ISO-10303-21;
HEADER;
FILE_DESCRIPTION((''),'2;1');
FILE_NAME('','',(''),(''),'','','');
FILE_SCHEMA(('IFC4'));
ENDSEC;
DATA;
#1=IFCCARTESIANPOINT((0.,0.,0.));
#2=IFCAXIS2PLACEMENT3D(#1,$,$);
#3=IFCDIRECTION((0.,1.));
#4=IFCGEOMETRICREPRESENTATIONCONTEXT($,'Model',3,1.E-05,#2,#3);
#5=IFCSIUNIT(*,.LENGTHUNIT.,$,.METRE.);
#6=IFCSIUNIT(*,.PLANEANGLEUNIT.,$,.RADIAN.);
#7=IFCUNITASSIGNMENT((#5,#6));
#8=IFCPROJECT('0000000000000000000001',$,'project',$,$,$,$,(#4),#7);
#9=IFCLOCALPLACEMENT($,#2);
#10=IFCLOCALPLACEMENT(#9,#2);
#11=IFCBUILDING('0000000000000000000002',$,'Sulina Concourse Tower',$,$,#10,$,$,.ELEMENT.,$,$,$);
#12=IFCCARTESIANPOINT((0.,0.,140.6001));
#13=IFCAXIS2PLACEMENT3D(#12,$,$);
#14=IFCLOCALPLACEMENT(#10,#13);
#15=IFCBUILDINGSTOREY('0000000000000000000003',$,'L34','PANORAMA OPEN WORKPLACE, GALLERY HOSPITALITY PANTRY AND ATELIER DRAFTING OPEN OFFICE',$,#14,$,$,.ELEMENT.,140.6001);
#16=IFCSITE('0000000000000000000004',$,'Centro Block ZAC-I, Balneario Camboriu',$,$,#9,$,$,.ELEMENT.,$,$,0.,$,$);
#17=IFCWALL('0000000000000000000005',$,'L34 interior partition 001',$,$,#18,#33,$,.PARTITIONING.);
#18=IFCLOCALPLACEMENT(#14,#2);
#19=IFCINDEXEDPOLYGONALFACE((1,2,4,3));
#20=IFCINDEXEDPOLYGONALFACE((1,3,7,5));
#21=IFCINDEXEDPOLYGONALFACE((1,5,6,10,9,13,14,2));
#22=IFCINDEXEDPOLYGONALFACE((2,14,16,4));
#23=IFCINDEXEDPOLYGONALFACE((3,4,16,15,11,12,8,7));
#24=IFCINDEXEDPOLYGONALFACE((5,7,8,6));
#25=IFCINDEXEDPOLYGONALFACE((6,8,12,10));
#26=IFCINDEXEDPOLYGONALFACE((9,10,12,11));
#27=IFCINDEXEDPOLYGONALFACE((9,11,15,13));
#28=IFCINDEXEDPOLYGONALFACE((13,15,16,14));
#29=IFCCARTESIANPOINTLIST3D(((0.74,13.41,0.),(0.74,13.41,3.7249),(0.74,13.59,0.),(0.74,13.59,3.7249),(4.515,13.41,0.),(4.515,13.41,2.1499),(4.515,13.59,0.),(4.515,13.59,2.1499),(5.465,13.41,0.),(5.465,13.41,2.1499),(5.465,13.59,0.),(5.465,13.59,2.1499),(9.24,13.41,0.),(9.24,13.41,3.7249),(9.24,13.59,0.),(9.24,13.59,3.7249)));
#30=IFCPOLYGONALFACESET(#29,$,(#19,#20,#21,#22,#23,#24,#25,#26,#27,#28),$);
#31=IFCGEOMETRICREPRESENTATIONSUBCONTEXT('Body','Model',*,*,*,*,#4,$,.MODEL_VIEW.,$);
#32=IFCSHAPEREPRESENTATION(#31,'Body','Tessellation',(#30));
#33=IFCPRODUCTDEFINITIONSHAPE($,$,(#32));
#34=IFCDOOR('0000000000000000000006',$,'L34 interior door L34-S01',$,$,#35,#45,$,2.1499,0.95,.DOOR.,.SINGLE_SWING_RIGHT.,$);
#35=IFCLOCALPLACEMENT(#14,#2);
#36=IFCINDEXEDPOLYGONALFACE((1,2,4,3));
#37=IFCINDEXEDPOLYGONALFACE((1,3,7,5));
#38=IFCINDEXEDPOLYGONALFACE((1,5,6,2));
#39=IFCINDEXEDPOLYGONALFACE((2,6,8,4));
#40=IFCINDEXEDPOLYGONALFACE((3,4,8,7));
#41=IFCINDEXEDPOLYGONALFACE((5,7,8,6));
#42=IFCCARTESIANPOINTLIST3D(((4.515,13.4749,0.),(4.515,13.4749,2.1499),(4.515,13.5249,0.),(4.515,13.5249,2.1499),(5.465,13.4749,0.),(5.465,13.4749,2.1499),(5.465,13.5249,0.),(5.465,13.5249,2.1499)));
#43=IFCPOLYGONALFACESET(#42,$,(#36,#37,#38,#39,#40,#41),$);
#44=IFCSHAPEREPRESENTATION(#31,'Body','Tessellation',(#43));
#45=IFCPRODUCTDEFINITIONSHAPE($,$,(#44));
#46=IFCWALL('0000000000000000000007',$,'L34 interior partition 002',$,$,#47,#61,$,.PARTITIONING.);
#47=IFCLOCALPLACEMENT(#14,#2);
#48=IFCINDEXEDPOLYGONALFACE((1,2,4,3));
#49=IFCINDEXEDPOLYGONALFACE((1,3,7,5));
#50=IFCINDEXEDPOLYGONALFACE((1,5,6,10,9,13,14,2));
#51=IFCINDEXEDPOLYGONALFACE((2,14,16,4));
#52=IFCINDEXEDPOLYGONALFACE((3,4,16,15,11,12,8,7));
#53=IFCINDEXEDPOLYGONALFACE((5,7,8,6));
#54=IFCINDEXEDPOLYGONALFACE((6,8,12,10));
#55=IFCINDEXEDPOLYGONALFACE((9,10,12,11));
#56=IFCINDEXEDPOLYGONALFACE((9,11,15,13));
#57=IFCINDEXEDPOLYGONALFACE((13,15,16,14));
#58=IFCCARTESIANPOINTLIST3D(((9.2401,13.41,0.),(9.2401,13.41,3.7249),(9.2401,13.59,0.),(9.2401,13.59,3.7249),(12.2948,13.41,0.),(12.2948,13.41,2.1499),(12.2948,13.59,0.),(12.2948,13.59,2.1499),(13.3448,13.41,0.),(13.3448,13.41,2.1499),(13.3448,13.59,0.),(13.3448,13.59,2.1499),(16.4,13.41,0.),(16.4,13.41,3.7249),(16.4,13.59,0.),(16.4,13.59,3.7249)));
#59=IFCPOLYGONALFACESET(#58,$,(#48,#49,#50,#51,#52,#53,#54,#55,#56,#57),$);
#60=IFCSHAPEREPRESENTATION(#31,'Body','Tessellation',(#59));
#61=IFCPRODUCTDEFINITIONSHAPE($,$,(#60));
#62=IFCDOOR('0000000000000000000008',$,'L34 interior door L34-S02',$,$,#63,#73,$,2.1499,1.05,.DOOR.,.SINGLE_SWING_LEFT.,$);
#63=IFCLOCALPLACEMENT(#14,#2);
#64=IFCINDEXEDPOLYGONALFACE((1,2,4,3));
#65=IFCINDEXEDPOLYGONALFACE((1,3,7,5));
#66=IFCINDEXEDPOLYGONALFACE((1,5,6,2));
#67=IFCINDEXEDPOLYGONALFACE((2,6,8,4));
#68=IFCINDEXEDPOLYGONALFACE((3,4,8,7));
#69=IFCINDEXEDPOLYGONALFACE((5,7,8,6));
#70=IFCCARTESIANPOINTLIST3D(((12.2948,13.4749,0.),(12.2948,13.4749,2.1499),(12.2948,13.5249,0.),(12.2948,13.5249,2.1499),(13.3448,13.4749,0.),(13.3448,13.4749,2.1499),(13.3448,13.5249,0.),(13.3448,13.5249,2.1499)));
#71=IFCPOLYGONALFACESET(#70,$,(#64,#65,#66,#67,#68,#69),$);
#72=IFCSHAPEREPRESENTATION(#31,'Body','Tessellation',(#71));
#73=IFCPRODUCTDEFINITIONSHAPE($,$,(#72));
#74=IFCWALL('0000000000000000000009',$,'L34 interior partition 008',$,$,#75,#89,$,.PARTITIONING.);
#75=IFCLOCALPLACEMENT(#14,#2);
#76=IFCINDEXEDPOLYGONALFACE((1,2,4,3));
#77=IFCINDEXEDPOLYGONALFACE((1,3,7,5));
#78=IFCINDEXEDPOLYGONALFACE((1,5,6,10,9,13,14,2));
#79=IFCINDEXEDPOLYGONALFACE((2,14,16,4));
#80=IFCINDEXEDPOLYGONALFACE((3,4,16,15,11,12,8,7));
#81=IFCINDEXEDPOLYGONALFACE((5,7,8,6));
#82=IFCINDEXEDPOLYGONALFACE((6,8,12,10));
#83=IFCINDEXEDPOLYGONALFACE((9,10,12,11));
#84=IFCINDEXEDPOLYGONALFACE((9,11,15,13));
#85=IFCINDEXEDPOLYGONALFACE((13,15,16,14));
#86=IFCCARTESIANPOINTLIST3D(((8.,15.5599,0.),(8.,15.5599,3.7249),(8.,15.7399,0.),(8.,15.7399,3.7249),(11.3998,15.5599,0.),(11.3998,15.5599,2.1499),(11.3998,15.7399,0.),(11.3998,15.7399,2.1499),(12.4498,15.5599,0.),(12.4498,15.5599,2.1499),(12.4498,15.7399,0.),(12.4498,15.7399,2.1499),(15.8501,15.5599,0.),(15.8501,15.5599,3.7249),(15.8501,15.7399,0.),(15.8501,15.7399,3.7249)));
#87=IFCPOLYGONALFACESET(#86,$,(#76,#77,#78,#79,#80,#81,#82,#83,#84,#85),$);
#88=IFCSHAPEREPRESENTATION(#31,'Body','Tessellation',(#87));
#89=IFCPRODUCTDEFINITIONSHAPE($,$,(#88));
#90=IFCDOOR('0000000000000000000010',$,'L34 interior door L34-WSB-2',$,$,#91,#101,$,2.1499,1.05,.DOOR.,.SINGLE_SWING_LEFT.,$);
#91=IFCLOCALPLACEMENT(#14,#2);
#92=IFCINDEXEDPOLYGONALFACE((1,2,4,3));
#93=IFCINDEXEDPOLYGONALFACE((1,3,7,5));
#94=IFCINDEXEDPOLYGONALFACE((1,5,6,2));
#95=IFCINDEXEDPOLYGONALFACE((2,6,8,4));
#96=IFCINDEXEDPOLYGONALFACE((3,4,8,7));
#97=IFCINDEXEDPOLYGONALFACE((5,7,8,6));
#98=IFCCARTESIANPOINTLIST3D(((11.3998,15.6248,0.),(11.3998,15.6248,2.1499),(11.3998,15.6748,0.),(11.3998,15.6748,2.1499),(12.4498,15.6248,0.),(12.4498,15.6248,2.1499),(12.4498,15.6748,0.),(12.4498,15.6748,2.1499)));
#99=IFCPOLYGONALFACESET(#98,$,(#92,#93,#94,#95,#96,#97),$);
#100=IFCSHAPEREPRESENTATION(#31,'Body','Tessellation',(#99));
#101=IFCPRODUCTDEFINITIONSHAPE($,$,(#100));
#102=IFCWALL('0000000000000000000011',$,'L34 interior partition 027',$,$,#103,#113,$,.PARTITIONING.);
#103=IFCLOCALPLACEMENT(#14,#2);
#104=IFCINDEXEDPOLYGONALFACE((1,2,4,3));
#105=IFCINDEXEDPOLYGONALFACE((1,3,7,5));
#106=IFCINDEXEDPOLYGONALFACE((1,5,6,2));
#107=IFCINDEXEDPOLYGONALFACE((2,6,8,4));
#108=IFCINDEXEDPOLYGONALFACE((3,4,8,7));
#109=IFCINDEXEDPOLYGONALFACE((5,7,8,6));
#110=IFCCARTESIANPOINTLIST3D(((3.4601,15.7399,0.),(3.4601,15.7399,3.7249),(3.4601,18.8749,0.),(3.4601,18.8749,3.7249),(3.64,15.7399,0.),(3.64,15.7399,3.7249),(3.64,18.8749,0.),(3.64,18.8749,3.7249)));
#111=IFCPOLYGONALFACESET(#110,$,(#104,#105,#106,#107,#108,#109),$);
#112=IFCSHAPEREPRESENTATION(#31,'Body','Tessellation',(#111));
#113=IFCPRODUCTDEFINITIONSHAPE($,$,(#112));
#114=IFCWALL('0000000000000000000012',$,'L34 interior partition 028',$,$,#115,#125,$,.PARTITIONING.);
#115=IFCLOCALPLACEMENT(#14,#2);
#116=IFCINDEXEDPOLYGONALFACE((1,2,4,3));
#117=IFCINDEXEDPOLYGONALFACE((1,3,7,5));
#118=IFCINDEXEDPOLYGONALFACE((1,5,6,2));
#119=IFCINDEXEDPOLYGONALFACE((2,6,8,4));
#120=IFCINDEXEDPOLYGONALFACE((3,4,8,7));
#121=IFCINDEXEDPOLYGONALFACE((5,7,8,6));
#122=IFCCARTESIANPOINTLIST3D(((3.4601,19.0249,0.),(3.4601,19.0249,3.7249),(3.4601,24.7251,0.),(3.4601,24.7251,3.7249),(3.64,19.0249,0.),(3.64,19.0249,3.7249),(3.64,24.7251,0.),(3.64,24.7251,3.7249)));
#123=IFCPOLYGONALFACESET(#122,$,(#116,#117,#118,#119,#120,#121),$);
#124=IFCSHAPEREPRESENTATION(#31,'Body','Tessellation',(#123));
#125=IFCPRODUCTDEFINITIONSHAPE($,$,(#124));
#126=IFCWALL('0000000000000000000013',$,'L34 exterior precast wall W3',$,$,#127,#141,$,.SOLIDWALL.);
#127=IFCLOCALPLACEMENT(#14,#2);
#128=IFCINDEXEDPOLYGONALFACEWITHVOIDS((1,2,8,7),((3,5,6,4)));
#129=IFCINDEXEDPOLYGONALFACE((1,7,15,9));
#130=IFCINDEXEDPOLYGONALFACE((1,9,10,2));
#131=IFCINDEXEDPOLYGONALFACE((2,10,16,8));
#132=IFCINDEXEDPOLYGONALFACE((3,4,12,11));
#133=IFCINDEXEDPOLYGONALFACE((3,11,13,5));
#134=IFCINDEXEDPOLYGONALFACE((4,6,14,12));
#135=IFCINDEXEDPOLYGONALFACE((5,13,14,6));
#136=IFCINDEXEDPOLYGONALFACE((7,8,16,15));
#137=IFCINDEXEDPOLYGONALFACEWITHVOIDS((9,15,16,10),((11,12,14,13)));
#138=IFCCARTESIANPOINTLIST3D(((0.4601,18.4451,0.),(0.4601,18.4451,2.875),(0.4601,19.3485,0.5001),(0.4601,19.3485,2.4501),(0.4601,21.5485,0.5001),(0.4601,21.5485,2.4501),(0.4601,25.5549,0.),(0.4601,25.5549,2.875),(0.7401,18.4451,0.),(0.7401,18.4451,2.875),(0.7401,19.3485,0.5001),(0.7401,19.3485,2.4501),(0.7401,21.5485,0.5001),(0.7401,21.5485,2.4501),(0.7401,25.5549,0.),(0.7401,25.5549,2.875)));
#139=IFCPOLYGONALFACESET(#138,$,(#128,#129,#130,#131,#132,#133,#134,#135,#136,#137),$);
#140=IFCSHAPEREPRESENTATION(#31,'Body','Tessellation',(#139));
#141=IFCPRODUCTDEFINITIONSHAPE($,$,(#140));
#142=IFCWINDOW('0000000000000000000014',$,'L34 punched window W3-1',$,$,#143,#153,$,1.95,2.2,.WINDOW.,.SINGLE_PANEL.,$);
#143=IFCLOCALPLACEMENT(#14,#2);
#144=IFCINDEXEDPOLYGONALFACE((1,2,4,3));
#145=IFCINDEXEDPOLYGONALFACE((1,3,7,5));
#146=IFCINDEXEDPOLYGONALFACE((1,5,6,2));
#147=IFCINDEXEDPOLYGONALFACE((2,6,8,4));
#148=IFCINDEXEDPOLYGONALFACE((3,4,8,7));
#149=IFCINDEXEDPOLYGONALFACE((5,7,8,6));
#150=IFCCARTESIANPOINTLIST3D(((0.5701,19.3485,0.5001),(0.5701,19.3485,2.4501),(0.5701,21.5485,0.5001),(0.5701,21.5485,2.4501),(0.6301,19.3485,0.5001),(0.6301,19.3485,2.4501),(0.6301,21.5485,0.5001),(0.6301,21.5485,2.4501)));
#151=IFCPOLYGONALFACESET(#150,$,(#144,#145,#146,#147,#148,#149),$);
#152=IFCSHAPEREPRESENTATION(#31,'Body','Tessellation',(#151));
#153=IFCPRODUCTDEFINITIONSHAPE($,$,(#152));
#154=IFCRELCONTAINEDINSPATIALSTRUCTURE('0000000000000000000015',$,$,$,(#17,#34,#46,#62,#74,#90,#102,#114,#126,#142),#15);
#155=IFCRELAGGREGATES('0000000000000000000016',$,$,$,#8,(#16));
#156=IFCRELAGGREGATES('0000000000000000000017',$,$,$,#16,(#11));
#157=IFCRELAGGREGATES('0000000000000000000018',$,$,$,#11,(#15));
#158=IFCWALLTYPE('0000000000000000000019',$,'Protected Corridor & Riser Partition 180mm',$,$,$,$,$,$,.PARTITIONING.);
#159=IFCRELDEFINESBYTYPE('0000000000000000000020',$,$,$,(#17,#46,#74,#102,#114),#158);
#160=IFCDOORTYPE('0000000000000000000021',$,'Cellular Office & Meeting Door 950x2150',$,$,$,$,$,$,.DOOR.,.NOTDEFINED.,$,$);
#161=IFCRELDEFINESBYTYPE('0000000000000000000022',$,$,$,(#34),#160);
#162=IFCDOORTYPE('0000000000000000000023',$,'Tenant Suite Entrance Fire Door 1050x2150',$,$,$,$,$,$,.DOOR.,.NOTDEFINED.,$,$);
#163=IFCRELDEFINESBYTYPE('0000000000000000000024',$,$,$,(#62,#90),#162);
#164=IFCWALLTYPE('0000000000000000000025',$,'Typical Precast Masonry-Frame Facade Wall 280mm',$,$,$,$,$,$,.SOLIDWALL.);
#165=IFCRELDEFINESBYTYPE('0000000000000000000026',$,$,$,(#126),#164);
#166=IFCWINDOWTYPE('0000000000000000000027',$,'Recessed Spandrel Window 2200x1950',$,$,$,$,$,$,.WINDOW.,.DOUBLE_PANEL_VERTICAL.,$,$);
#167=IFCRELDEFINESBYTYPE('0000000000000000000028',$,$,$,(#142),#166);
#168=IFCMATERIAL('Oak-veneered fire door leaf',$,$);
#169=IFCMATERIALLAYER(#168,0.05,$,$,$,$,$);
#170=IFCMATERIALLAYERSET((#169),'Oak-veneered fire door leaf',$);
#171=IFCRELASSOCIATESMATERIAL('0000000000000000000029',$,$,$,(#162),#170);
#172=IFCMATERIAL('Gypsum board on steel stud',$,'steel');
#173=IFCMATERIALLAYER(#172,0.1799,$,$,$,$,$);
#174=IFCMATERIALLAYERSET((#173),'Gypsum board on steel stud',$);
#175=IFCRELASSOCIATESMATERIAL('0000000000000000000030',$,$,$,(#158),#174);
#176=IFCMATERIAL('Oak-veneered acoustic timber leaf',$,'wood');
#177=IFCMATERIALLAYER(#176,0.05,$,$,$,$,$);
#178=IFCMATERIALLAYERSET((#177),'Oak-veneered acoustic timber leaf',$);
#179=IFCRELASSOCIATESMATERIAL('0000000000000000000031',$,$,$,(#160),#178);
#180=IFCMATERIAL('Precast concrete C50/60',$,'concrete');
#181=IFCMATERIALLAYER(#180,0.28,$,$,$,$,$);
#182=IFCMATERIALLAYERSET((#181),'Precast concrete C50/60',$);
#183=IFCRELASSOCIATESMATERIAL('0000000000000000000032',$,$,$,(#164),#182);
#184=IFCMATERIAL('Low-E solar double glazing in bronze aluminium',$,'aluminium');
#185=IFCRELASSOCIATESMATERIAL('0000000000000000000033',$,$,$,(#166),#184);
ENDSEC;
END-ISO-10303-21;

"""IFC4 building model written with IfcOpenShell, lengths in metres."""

from ifc_helpers import new_model, si_unit, direction, frame, frame_2d, origin, place, context, subcontext, project, spatial, rectangle, extrude, material, layer, layer_set, type_object, element, fill, save


model = new_model("IFC4")

# Units and contexts
model_context = context("Model", 3, precision=1e-05, world=origin(), true_north=direction((0.0, 1.0)))
body_context = subcontext(model_context, "Body", "Model", "MODEL_VIEW")
ifc_project = project(units=[si_unit("LENGTHUNIT", "METRE"), si_unit("PLANEANGLEUNIT", "RADIAN")], contexts=[model_context])

# Site, building, storey
site_placement = place(None, origin())
site = spatial("IfcSite", under=ifc_project, at=site_placement, Name="Centro Block ZAC-I, Balneario Camboriu", CompositionType="ELEMENT", RefElevation=0.0)
building_placement = place(site_placement, origin())
building = spatial("IfcBuilding", under=site, at=building_placement, Name="Sulina Concourse Tower", CompositionType="ELEMENT")
storey_placement = place(building_placement, frame((0.0, 0.0, 140.6001)))
storey = spatial("IfcBuildingStorey", under=building, at=storey_placement, Name="L34", Description="PANORAMA OPEN WORKPLACE, GALLERY HOSPITALITY PANTRY AND ATELIER DRAFTING OPEN OFFICE", CompositionType="ELEMENT", Elevation=140.6001)

# Shared definitions
ifc_material_1 = material(Name="Oak-veneered fire door leaf")
ifc_layer_1 = layer(ifc_material_1, 0.05)
ifc_layer_set_1 = layer_set([ifc_layer_1], Name="Oak-veneered fire door leaf")
door_type_1 = type_object("IfcDoorType", Name="Tenant Suite Entrance Fire Door 1050x2150", OperationType="NOTDEFINED", PredefinedType="DOOR", material=ifc_layer_set_1)

# Walls, openings, doors
ifc_material_2 = material(Name="Gypsum board on steel stud", Category="steel")
ifc_layer_2 = layer(ifc_material_2, 0.1799)
ifc_layer_set_2 = layer_set([ifc_layer_2], Name="Gypsum board on steel stud")
wall_type_1 = type_object("IfcWallType", Name="Protected Corridor & Riser Partition 180mm", PredefinedType="PARTITIONING", material=ifc_layer_set_2)
wall_1_placement = place(storey_placement, frame((0.74, 13.5, 0.0), z_axis=(0.0, 0.0, 1.0), x_axis=(1.0, 0.0, 0.0)))
wall_1 = element("IfcWall", 1, at=wall_1_placement, inside=storey, type_object=wall_type_1, Name="L34 interior partition 001", PredefinedType="PARTITIONING", context=body_context, shape_type="SweptSolid", body=[
    extrude(rectangle(XDim=8.5, YDim=0.1799, at=frame_2d((4.25, 0.0))), origin(), (0.0, 0.0, 1.0), 3.7249),
])
opening_1_placement = place(wall_1_placement, frame((3.7749, 0.0, 0.0)))
opening_1 = element("IfcOpeningElement", 2, at=opening_1_placement, cuts=wall_1, PredefinedType="OPENING", context=body_context, shape_type="SweptSolid", body=[
    extrude(rectangle(XDim=0.95, YDim=2.1499, at=frame_2d((0.4751, 1.075))), frame((0.0, 0.0999, 0.0), z_axis=(0.0, -1.0, 0.0), x_axis=(1.0, 0.0, 0.0)), (0.0, 0.0, 1.0), 0.2),
])
ifc_material_3 = material(Name="Oak-veneered acoustic timber leaf", Category="wood")
ifc_layer_3 = layer(ifc_material_3, 0.05)
ifc_layer_set_3 = layer_set([ifc_layer_3], Name="Oak-veneered acoustic timber leaf")
door_type_2 = type_object("IfcDoorType", Name="Cellular Office & Meeting Door 950x2150", OperationType="NOTDEFINED", PredefinedType="DOOR", material=ifc_layer_set_3)
door_1_placement = place(opening_1_placement, origin())
door_1 = element("IfcDoor", 3, at=door_1_placement, inside=storey, type_object=door_type_2, Name="L34 interior door L34-S01", OperationType="SINGLE_SWING_RIGHT", OverallHeight=2.1499, OverallWidth=0.95, PredefinedType="DOOR", context=body_context, shape_type="SweptSolid", body=[
    extrude(rectangle(XDim=0.95, YDim=2.1499, at=frame_2d((0.4751, 1.075))), frame((0.0, 0.0249, 0.0), z_axis=(0.0, -1.0, 0.0), x_axis=(1.0, 0.0, 0.0)), (0.0, 0.0, 1.0), 0.05),
])
fill(opening_1, door_1)
wall_2_placement = place(storey_placement, frame((9.24, 13.5, 0.0), z_axis=(0.0, 0.0, 1.0), x_axis=(1.0, 0.0, 0.0)))
wall_2 = element("IfcWall", 4, at=wall_2_placement, inside=storey, type_object=wall_type_1, Name="L34 interior partition 002", PredefinedType="PARTITIONING", context=body_context, shape_type="SweptSolid", body=[
    extrude(rectangle(XDim=7.1599, YDim=0.1799, at=frame_2d((3.5801, 0.0))), origin(), (0.0, 0.0, 1.0), 3.7249),
])
opening_2_placement = place(wall_2_placement, frame((3.0549, 0.0, 0.0)))
opening_2 = element("IfcOpeningElement", 5, at=opening_2_placement, cuts=wall_2, PredefinedType="OPENING", context=body_context, shape_type="SweptSolid", body=[
    extrude(rectangle(XDim=1.05, YDim=2.1499, at=frame_2d((0.5249, 1.075))), frame((0.0, 0.0999, 0.0), z_axis=(0.0, -1.0, 0.0), x_axis=(1.0, 0.0, 0.0)), (0.0, 0.0, 1.0), 0.2),
])
door_2_placement = place(opening_2_placement, origin())
door_2 = element("IfcDoor", 6, at=door_2_placement, inside=storey, type_object=door_type_1, Name="L34 interior door L34-S02", OperationType="SINGLE_SWING_LEFT", OverallHeight=2.1499, OverallWidth=1.05, PredefinedType="DOOR", context=body_context, shape_type="SweptSolid", body=[
    extrude(rectangle(XDim=1.05, YDim=2.1499, at=frame_2d((0.5249, 1.075))), frame((0.0, 0.0249, 0.0), z_axis=(0.0, -1.0, 0.0), x_axis=(1.0, 0.0, 0.0)), (0.0, 0.0, 1.0), 0.05),
])
fill(opening_2, door_2)
wall_3_placement = place(storey_placement, frame((8.0, 15.6499, 0.0), z_axis=(0.0, 0.0, 1.0), x_axis=(1.0, 0.0, 0.0)))
wall_3 = element("IfcWall", 7, at=wall_3_placement, inside=storey, type_object=wall_type_1, Name="L34 interior partition 008", PredefinedType="PARTITIONING", context=body_context, shape_type="SweptSolid", body=[
    extrude(rectangle(XDim=7.8501, YDim=0.1799, at=frame_2d((3.925, 0.0))), origin(), (0.0, 0.0, 1.0), 3.7249),
])
opening_3_placement = place(wall_3_placement, frame((3.3999, 0.0, 0.0)))
opening_3 = element("IfcOpeningElement", 8, at=opening_3_placement, cuts=wall_3, PredefinedType="OPENING", context=body_context, shape_type="SweptSolid", body=[
    extrude(rectangle(XDim=1.05, YDim=2.1499, at=frame_2d((0.5249, 1.075))), frame((0.0, 0.0999, 0.0), z_axis=(0.0, -1.0, 0.0), x_axis=(1.0, 0.0, 0.0)), (0.0, 0.0, 1.0), 0.2),
])
door_3_placement = place(opening_3_placement, origin())
door_3 = element("IfcDoor", 9, at=door_3_placement, inside=storey, type_object=door_type_1, Name="L34 interior door L34-WSB-2", OperationType="SINGLE_SWING_LEFT", OverallHeight=2.1499, OverallWidth=1.05, PredefinedType="DOOR", context=body_context, shape_type="SweptSolid", body=[
    extrude(rectangle(XDim=1.05, YDim=2.1499, at=frame_2d((0.5249, 1.075))), frame((0.0, 0.0249, 0.0), z_axis=(0.0, -1.0, 0.0), x_axis=(1.0, 0.0, 0.0)), (0.0, 0.0, 1.0), 0.05),
])
fill(opening_3, door_3)

# Walls
wall_4_placement = place(storey_placement, frame((3.55, 15.74, 0.0), z_axis=(0.0, 0.0, 1.0), x_axis=(0.0, 1.0, 0.0)))
element("IfcWall", 10, at=wall_4_placement, inside=storey, type_object=wall_type_1, Name="L34 interior partition 027", PredefinedType="PARTITIONING", context=body_context, shape_type="SweptSolid", body=[
    extrude(rectangle(XDim=3.135, YDim=0.1799, at=frame_2d((1.5674, 0.0))), origin(), (0.0, 0.0, 1.0), 3.7249),
])
wall_5_placement = place(storey_placement, frame((3.55, 19.0249, 0.0), z_axis=(0.0, 0.0, 1.0), x_axis=(0.0, 1.0, 0.0)))
element("IfcWall", 11, at=wall_5_placement, inside=storey, type_object=wall_type_1, Name="L34 interior partition 028", PredefinedType="PARTITIONING", context=body_context, shape_type="SweptSolid", body=[
    extrude(rectangle(XDim=5.7002, YDim=0.1799, at=frame_2d((2.8501, 0.0))), origin(), (0.0, 0.0, 1.0), 3.7249),
])

# Wall, opening, window
ifc_material_4 = material(Name="Precast concrete C50/60", Category="concrete")
ifc_layer_4 = layer(ifc_material_4, 0.28)
ifc_layer_set_4 = layer_set([ifc_layer_4], Name="Precast concrete C50/60")
wall_type_2 = type_object("IfcWallType", Name="Typical Precast Masonry-Frame Facade Wall 280mm", PredefinedType="SOLIDWALL", material=ifc_layer_set_4)
wall_6_placement = place(storey_placement, frame((0.6001, 18.4451, 0.0), z_axis=(0.0, 0.0, 1.0), x_axis=(0.0, 1.0, 0.0)))
wall_6 = element("IfcWall", 12, at=wall_6_placement, inside=storey, type_object=wall_type_2, Name="L34 exterior precast wall W3", PredefinedType="SOLIDWALL", context=body_context, shape_type="SweptSolid", body=[
    extrude(rectangle(XDim=7.1099, YDim=0.28, at=frame_2d((3.5549, 0.0))), origin(), (0.0, 0.0, 1.0), 2.875),
])
opening_4_placement = place(wall_6_placement, frame((0.9033, 0.0, 0.5)))
opening_4 = element("IfcOpeningElement", 13, at=opening_4_placement, cuts=wall_6, PredefinedType="OPENING", context=body_context, shape_type="SweptSolid", body=[
    extrude(rectangle(XDim=2.2, YDim=1.95, at=frame_2d((1.1001, 0.9751))), frame((0.0, 0.1499, 0.0), z_axis=(0.0, -1.0, 0.0), x_axis=(1.0, 0.0, 0.0)), (0.0, 0.0, 1.0), 0.3),
])
ifc_material_5 = material(Name="Low-E solar double glazing in bronze aluminium", Category="aluminium")
window_type = type_object("IfcWindowType", Name="Recessed Spandrel Window 2200x1950", PartitioningType="DOUBLE_PANEL_VERTICAL", PredefinedType="WINDOW", material=ifc_material_5)
window_placement = place(opening_4_placement, origin())
window = element("IfcWindow", 14, at=window_placement, inside=storey, type_object=window_type, Name="L34 punched window W3-1", OverallHeight=1.95, OverallWidth=2.2, PartitioningType="SINGLE_PANEL", PredefinedType="WINDOW", context=body_context, shape_type="SweptSolid", body=[
    extrude(rectangle(XDim=2.2, YDim=1.95, at=frame_2d((1.1001, 0.9751))), frame((0.0, 0.03, 0.0), z_axis=(0.0, -1.0, 0.0), x_axis=(1.0, 0.0, 0.0)), (0.0, 0.0, 1.0), 0.0601),
])
fill(opening_4, window)

save(model, "model.ifc")
